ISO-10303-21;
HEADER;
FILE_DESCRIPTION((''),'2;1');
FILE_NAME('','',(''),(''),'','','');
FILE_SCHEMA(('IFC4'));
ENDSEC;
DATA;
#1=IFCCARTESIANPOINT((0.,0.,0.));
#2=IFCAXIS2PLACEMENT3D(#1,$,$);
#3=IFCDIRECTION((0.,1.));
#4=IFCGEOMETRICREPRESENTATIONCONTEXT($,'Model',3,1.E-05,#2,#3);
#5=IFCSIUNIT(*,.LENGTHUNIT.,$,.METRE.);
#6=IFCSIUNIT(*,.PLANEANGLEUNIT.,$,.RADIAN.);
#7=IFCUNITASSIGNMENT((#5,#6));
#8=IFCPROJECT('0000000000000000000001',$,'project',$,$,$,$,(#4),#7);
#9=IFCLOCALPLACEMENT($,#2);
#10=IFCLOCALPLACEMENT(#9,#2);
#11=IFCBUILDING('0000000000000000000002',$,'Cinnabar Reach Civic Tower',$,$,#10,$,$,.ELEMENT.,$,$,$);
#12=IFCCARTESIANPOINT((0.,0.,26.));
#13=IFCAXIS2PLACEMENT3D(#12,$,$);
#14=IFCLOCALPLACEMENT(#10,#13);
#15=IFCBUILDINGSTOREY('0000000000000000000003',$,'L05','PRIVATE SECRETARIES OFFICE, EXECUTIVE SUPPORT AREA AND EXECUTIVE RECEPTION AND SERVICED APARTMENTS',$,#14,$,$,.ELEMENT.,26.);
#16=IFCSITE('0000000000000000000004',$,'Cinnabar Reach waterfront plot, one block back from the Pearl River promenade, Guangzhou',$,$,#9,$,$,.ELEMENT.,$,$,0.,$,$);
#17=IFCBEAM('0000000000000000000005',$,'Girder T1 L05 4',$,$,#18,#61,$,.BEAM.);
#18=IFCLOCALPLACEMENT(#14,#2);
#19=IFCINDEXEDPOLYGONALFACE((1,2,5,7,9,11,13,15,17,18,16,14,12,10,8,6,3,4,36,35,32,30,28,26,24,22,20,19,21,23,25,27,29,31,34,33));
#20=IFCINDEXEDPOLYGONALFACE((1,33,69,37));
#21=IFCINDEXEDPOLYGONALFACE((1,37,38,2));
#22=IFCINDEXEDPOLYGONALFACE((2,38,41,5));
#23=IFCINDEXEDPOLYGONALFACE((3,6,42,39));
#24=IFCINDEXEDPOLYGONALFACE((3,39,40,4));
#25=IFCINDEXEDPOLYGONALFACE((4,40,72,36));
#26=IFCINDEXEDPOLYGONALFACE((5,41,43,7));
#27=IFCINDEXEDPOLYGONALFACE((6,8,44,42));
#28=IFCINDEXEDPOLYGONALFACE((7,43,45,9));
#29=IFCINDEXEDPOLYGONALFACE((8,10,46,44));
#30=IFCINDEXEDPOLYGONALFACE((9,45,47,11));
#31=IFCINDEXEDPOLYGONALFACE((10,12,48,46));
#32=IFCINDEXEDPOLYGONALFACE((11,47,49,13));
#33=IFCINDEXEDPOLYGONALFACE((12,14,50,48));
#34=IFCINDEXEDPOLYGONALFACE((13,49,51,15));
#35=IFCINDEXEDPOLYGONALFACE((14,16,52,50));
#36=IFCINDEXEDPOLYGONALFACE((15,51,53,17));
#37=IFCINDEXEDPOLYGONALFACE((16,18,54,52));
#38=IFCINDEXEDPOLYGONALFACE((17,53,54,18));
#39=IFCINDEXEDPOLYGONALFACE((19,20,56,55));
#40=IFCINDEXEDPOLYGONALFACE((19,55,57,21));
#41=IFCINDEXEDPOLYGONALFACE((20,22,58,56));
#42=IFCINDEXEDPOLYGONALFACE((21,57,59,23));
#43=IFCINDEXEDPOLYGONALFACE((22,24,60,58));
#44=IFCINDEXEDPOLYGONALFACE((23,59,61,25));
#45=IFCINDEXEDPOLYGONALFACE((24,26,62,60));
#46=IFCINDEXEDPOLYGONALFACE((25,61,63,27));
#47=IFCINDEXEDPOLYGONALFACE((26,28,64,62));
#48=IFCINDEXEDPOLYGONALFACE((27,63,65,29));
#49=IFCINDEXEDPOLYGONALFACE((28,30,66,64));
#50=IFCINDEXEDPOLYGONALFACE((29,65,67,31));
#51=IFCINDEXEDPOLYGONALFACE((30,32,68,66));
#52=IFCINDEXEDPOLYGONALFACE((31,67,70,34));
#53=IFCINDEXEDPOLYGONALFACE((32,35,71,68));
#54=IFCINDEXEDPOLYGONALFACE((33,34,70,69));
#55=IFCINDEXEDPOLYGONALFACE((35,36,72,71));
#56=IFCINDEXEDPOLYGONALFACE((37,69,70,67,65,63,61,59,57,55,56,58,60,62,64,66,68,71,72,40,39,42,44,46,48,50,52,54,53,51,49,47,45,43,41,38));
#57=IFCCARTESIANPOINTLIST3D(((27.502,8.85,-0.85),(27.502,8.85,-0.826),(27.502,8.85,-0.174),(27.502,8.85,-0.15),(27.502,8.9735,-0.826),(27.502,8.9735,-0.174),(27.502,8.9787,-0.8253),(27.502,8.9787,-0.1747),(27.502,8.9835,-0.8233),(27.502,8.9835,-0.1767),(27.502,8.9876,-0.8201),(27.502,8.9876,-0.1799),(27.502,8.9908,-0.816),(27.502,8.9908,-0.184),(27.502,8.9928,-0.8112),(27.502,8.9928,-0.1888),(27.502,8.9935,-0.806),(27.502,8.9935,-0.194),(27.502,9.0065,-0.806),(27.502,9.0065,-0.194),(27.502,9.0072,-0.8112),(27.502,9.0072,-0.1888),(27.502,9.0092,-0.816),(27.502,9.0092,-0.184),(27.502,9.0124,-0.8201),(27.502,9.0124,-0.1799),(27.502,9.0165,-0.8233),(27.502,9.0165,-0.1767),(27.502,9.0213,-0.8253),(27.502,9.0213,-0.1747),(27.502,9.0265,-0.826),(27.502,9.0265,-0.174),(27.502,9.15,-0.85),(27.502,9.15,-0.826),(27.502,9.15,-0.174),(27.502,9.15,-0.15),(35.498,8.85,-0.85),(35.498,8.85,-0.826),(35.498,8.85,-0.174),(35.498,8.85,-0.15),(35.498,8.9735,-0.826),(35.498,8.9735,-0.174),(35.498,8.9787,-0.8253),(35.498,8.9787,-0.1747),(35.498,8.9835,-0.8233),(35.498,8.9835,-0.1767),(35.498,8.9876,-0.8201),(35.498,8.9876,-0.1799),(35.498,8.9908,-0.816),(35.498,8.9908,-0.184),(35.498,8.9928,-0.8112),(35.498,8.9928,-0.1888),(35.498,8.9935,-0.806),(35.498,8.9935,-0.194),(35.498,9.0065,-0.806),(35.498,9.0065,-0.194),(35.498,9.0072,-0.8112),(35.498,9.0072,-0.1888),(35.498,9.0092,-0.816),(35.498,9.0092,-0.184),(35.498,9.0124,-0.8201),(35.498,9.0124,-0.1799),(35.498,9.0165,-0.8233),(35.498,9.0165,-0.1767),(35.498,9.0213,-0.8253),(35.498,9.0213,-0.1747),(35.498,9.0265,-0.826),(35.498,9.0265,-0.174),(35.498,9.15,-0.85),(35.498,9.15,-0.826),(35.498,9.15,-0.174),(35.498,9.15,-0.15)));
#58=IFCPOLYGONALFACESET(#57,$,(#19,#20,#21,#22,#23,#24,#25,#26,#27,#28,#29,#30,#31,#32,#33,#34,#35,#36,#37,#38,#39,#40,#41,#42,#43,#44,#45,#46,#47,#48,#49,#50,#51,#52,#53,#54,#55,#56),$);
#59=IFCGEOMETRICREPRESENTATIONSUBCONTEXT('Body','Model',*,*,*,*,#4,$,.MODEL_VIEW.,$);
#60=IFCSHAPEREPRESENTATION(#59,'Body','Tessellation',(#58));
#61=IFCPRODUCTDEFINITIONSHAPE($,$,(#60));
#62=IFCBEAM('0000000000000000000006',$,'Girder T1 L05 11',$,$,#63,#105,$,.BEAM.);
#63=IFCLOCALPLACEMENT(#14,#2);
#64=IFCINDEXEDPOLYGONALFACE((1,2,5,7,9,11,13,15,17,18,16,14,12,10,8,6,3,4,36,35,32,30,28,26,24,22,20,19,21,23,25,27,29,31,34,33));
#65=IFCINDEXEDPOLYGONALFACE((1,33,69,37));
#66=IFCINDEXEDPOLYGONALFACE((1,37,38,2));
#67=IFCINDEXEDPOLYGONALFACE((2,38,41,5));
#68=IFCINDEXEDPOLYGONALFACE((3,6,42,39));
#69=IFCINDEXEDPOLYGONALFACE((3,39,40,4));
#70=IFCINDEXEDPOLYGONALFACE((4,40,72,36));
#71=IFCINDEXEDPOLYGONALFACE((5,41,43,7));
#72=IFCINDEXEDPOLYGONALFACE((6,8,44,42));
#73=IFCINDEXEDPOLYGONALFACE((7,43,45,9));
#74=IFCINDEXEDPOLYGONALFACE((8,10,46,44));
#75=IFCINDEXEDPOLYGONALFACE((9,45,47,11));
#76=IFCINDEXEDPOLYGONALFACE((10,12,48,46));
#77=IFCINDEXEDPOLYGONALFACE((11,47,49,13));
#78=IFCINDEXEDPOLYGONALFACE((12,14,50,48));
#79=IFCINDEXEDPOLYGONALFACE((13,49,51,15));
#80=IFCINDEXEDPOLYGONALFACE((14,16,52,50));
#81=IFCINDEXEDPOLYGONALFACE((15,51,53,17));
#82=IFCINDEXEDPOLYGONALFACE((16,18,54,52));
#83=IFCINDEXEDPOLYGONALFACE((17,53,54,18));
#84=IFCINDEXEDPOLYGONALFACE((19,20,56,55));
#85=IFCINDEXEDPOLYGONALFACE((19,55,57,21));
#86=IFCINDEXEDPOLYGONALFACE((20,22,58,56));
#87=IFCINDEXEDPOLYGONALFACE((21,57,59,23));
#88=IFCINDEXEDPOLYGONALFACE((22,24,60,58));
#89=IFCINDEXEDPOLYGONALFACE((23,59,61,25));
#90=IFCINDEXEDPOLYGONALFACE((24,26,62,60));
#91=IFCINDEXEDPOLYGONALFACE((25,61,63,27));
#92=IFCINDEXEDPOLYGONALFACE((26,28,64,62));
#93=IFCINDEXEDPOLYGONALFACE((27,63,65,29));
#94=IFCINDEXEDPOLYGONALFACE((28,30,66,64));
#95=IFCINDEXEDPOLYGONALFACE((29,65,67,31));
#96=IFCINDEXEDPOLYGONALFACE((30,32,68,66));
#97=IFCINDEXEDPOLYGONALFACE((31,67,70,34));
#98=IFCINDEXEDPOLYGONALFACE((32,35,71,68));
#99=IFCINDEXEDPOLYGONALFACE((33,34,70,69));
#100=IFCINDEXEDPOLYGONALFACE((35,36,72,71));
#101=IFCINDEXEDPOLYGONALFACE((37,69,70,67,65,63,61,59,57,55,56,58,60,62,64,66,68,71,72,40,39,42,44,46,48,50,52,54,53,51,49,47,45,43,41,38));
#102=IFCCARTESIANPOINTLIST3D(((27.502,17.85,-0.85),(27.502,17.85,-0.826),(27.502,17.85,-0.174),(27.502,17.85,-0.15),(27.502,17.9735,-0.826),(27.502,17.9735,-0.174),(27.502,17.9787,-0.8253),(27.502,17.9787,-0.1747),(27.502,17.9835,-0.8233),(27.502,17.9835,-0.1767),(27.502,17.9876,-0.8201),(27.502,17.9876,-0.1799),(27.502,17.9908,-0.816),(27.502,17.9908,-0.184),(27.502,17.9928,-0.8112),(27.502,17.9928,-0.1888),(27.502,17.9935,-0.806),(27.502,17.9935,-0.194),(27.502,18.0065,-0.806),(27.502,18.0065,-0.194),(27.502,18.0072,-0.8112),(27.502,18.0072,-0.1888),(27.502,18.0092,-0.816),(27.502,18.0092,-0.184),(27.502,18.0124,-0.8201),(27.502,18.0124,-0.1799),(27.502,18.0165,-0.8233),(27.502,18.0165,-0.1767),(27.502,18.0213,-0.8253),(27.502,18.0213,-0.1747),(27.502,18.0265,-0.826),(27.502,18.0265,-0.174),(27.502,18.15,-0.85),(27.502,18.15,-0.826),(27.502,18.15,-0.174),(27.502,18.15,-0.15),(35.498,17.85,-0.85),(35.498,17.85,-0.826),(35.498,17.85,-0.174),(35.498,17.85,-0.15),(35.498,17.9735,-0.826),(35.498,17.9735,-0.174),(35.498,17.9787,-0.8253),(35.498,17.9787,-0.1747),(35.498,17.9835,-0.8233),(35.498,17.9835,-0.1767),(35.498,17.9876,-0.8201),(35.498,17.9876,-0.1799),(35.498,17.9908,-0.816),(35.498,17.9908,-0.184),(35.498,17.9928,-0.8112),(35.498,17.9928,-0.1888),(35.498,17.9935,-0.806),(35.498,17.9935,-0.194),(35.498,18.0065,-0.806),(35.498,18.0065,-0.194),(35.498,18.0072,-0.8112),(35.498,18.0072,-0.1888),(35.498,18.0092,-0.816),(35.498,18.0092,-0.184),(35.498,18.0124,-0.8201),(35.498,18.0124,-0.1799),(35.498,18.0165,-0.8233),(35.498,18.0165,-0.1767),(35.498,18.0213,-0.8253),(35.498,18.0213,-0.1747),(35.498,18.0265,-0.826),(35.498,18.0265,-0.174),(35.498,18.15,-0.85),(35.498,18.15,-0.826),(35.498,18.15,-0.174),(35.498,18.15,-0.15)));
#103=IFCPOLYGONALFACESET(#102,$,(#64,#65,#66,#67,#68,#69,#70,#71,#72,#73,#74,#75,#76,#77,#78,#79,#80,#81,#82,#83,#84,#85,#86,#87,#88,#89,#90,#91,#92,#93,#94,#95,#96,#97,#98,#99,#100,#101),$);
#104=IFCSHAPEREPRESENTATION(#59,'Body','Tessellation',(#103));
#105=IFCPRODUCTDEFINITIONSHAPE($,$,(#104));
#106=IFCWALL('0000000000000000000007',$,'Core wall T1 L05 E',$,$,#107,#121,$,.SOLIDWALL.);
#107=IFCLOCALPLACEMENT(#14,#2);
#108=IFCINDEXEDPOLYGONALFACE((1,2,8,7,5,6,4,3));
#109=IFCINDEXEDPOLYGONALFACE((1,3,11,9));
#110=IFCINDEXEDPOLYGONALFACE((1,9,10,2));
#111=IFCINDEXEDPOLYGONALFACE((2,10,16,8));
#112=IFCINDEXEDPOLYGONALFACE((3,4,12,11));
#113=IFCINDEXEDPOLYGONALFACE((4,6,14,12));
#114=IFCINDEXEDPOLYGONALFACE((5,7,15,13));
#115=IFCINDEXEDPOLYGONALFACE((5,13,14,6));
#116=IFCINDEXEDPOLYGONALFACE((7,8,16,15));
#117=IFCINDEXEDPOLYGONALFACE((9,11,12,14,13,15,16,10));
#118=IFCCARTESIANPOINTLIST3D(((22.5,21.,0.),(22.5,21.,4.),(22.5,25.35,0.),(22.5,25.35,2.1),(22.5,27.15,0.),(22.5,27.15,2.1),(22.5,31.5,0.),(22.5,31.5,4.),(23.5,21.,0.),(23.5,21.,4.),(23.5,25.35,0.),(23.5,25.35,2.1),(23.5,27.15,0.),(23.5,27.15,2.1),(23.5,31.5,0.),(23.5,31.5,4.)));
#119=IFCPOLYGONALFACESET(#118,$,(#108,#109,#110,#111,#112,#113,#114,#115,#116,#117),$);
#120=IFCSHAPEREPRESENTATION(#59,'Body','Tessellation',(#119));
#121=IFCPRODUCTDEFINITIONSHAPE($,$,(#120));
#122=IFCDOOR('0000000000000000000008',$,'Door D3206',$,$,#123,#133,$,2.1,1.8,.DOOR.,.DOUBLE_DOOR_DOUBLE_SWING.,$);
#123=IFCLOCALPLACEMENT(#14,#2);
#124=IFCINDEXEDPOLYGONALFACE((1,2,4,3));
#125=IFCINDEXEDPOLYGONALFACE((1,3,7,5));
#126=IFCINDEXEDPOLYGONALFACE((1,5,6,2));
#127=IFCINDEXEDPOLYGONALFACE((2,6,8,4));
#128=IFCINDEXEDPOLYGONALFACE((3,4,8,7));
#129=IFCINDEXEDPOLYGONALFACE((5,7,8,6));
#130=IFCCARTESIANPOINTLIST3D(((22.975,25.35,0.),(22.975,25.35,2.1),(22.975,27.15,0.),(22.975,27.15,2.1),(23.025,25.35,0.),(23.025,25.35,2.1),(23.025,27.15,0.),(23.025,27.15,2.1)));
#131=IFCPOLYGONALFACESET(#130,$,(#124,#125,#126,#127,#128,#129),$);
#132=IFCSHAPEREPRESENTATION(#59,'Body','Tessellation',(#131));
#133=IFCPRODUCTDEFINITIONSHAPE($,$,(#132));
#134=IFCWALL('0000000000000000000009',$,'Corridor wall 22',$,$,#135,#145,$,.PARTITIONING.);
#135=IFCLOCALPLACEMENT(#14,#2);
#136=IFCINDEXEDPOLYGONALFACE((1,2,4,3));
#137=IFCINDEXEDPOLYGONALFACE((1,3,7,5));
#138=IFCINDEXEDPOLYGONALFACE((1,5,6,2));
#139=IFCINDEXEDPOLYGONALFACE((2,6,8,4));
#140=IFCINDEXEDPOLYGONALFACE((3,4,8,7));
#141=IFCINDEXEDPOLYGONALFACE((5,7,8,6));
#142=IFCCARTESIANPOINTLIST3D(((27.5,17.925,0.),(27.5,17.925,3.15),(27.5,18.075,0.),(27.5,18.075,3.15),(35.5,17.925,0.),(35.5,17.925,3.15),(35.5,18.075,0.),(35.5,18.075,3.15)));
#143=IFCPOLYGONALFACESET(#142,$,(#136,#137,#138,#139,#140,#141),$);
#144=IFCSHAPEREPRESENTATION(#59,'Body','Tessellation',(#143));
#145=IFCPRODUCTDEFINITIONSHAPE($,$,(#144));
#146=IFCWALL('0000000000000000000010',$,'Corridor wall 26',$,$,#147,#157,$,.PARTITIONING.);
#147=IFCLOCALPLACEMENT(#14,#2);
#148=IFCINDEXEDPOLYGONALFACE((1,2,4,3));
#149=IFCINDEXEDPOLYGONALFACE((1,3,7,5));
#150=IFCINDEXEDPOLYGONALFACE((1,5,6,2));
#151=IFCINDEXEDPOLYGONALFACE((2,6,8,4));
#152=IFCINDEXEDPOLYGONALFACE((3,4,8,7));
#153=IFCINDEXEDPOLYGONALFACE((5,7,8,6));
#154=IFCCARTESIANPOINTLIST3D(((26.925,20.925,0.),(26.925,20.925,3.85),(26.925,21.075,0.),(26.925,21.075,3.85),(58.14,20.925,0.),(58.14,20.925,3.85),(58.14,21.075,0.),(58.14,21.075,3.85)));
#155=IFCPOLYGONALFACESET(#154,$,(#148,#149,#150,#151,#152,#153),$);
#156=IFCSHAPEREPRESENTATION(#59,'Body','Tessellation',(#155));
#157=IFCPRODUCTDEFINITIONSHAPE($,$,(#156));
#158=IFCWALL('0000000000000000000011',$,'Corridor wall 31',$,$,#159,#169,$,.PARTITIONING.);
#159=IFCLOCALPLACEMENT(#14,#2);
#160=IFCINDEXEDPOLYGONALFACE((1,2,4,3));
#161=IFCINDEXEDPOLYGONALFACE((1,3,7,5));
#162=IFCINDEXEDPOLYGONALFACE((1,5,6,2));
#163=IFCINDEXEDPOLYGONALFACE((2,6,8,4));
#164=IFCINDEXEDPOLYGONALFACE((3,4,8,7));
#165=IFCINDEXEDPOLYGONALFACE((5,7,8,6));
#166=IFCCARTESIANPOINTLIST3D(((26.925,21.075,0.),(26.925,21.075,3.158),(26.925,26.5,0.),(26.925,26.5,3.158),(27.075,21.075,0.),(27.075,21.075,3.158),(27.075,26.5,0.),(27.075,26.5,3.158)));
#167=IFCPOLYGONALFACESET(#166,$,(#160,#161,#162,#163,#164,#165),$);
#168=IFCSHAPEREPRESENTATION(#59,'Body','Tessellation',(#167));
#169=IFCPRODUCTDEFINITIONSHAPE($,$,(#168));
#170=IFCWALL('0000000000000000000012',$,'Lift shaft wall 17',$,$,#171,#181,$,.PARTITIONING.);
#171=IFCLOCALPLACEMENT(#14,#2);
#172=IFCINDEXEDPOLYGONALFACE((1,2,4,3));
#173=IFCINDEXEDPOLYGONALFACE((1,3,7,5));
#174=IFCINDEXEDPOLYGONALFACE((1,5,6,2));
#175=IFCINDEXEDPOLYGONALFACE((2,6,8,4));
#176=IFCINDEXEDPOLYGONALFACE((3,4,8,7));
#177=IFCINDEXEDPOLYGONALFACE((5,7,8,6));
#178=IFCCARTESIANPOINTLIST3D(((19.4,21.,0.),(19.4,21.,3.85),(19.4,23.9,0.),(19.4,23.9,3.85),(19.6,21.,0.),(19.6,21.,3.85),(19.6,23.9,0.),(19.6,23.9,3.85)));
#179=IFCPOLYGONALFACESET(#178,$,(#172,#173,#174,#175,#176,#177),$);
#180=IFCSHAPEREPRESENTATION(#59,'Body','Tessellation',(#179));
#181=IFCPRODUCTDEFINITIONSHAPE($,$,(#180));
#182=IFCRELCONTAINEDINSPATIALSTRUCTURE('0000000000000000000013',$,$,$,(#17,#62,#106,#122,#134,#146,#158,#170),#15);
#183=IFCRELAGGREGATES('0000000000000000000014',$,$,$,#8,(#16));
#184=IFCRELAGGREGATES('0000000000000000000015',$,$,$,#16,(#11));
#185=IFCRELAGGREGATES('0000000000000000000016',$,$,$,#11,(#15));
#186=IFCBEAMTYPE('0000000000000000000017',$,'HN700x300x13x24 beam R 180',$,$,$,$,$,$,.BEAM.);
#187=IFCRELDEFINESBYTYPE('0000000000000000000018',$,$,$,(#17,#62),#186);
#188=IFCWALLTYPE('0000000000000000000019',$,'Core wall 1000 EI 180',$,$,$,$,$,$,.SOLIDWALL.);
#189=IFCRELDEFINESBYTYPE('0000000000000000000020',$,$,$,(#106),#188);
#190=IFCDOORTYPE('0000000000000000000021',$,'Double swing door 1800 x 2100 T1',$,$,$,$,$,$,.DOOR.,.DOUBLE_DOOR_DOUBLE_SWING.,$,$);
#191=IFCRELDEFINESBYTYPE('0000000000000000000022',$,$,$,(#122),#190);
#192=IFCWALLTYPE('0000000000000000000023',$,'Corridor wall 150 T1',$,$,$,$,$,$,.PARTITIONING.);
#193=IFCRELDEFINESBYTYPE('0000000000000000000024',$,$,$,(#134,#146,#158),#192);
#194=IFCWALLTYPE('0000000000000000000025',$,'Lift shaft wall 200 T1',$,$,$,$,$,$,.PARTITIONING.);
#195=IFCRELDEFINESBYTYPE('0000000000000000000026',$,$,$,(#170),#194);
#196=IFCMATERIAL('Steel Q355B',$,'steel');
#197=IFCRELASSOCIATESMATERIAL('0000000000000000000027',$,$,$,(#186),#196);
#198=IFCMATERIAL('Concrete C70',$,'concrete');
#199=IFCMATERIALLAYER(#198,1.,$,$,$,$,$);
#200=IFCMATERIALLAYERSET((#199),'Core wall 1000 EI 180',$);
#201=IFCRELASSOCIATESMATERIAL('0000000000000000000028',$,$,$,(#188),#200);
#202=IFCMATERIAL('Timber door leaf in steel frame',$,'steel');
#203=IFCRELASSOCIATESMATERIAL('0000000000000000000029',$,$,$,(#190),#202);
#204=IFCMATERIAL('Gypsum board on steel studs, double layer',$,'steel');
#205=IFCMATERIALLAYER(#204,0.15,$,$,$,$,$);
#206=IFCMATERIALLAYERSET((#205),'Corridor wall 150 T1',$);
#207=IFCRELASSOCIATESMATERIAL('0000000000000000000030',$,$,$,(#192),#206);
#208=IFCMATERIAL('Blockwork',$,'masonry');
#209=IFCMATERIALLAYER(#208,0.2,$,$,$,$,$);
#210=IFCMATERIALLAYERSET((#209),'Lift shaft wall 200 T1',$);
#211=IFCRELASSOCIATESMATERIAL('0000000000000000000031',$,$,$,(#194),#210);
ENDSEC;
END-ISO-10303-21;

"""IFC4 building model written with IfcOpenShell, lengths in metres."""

from ifc_helpers import new_model, si_unit, direction, frame, frame_2d, origin, origin_2d, place, context, subcontext, project, spatial, rectangle, i_section, extrude, material, layer, layer_set, material_profile, profile_set, type_object, element, fill, save


model = new_model("IFC4")

# Units and contexts
model_context = context("Model", 3, precision=1e-05, world=origin(), true_north=direction((0.0, 1.0)))
body_context = subcontext(model_context, "Body", "Model", "MODEL_VIEW")
ifc_project = project(units=[si_unit("LENGTHUNIT", "METRE"), si_unit("PLANEANGLEUNIT", "RADIAN")], contexts=[model_context])

# Site, building, storey
site_placement = place(None, origin())
site = spatial("IfcSite", under=ifc_project, at=site_placement, Name="Cinnabar Reach waterfront plot, one block back from the Pearl River promenade, Guangzhou", CompositionType="ELEMENT", RefElevation=0.0)
building_placement = place(site_placement, origin())
building = spatial("IfcBuilding", under=site, at=building_placement, Name="Cinnabar Reach Civic Tower", CompositionType="ELEMENT")
storey_placement = place(building_placement, frame((0.0, 0.0, 26.0)))
storey = spatial("IfcBuildingStorey", under=building, at=storey_placement, Name="L05", Description="PRIVATE SECRETARIES OFFICE, EXECUTIVE SUPPORT AREA AND EXECUTIVE RECEPTION AND SERVICED APARTMENTS", CompositionType="ELEMENT", Elevation=26.0)

# Shared definitions
ifc_material_1 = material(Name="Concrete C70", Category="concrete")

# Beams
ifc_material_2 = material(Name="Steel Q355B", Category="steel")
ifc_material_profile_1 = material_profile(ifc_material_2, i_section(OverallWidth=0.3, OverallDepth=0.7, WebThickness=0.013, FlangeThickness=0.024, FilletRadius=0.02, at=origin_2d()), Name="HN700x300x13x24")
ifc_profile_set_1 = profile_set([ifc_material_profile_1], Name="Steel Q355B")
beam_type_1 = type_object("IfcBeamType", Name="HN700x300x13x24 beam R 180", PredefinedType="BEAM", material=ifc_profile_set_1)
for number, where, z_axis, x_axis, name in (
    (1, (27.502, 9.0, -0.5), (1.0, 0.0, 0.0), (0.0, 1.0, 0.0), "Girder T1 L05 4"),
    (2, (27.502, 18.0, -0.5), (1.0, 0.0, 0.0), (0.0, 1.0, 0.0), "Girder T1 L05 11"),
):
    element("IfcBeam", number, at=place(storey_placement, frame(where, z_axis=z_axis, x_axis=x_axis)), inside=storey, type_object=beam_type_1, Name=name, PredefinedType="BEAM", context=body_context, shape_type="SweptSolid", body=[
        extrude(i_section(OverallWidth=0.3, OverallDepth=0.7, WebThickness=0.013, FlangeThickness=0.024, FilletRadius=0.02, at=origin_2d()), origin(), (0.0, 0.0, 1.0), 7.996),
    ])

# Wall, opening, door
ifc_layer_1 = layer(ifc_material_1, 1.0)
ifc_layer_set_1 = layer_set([ifc_layer_1], Name="Core wall 1000 EI 180")
wall_type_1 = type_object("IfcWallType", Name="Core wall 1000 EI 180", PredefinedType="SOLIDWALL", material=ifc_layer_set_1)
wall_1_placement = place(storey_placement, frame((23.0, 21.0, 0.0), z_axis=(0.0, 0.0, 1.0), x_axis=(0.0, 1.0, 0.0)))
wall_1 = element("IfcWall", 3, at=wall_1_placement, inside=storey, type_object=wall_type_1, Name="Core wall T1 L05 E", PredefinedType="SOLIDWALL", context=body_context, shape_type="SweptSolid", body=[
    extrude(rectangle(XDim=10.5, YDim=1.0, at=frame_2d((5.25, 0.0))), origin(), (0.0, 0.0, 1.0), 4.0),
])
opening_placement = place(wall_1_placement, frame((4.35, 0.0, 0.0)))
opening = element("IfcOpeningElement", 4, at=opening_placement, cuts=wall_1, PredefinedType="OPENING", context=body_context, shape_type="SweptSolid", body=[
    extrude(rectangle(XDim=1.8, YDim=2.1, at=frame_2d((0.9, 1.05))), frame((0.0, 0.51, 0.0), z_axis=(0.0, -1.0, 0.0), x_axis=(1.0, 0.0, 0.0)), (0.0, 0.0, 1.0), 1.02),
])
ifc_material_3 = material(Name="Timber door leaf in steel frame", Category="steel")
door_type = type_object("IfcDoorType", Name="Double swing door 1800 x 2100 T1", OperationType="DOUBLE_DOOR_DOUBLE_SWING", PredefinedType="DOOR", material=ifc_material_3)
door_placement = place(opening_placement, origin())
door = element("IfcDoor", 5, at=door_placement, inside=storey, type_object=door_type, Name="Door D3206", OperationType="DOUBLE_DOOR_DOUBLE_SWING", OverallHeight=2.1, OverallWidth=1.8, PredefinedType="DOOR", context=body_context, shape_type="SweptSolid", body=[
    extrude(rectangle(XDim=1.8, YDim=2.1, at=frame_2d((0.9, 1.05))), frame((0.0, 0.025, 0.0), z_axis=(0.0, -1.0, 0.0), x_axis=(1.0, 0.0, 0.0)), (0.0, 0.0, 1.0), 0.05),
])
fill(opening, door)

# Walls
ifc_material_4 = material(Name="Gypsum board on steel studs, double layer", Category="steel")
ifc_layer_2 = layer(ifc_material_4, 0.15)
ifc_layer_set_2 = layer_set([ifc_layer_2], Name="Corridor wall 150 T1")
wall_type_2 = type_object("IfcWallType", Name="Corridor wall 150 T1", PredefinedType="PARTITIONING", material=ifc_layer_set_2)
wall_2_placement = place(storey_placement, frame((27.5, 18.0, 0.0), z_axis=(0.0, 0.0, 1.0), x_axis=(1.0, 0.0, 0.0)))
element("IfcWall", 6, at=wall_2_placement, inside=storey, type_object=wall_type_2, Name="Corridor wall 22", PredefinedType="PARTITIONING", context=body_context, shape_type="SweptSolid", body=[
    extrude(rectangle(XDim=8.0, YDim=0.15, at=frame_2d((4.0, 0.0))), origin(), (0.0, 0.0, 1.0), 3.15),
])
wall_3_placement = place(storey_placement, frame((26.925, 21.0, 0.0), z_axis=(0.0, 0.0, 1.0), x_axis=(1.0, 0.0, 0.0)))
element("IfcWall", 7, at=wall_3_placement, inside=storey, type_object=wall_type_2, Name="Corridor wall 26", PredefinedType="PARTITIONING", context=body_context, shape_type="SweptSolid", body=[
    extrude(rectangle(XDim=31.215, YDim=0.15, at=frame_2d((15.6075, 0.0))), origin(), (0.0, 0.0, 1.0), 3.85),
])
wall_4_placement = place(storey_placement, frame((27.0, 21.075, 0.0), z_axis=(0.0, 0.0, 1.0), x_axis=(0.0, 1.0, 0.0)))
element("IfcWall", 8, at=wall_4_placement, inside=storey, type_object=wall_type_2, Name="Corridor wall 31", PredefinedType="PARTITIONING", context=body_context, shape_type="SweptSolid", body=[
    extrude(rectangle(XDim=5.425, YDim=0.15, at=frame_2d((2.7125, 0.0))), origin(), (0.0, 0.0, 1.0), 3.158),
])
ifc_material_5 = material(Name="Blockwork", Category="masonry")
ifc_layer_3 = layer(ifc_material_5, 0.2)
ifc_layer_set_3 = layer_set([ifc_layer_3], Name="Lift shaft wall 200 T1")
wall_type_3 = type_object("IfcWallType", Name="Lift shaft wall 200 T1", PredefinedType="PARTITIONING", material=ifc_layer_set_3)
wall_5_placement = place(storey_placement, frame((19.5, 21.0, 0.0), z_axis=(0.0, 0.0, 1.0), x_axis=(0.0, 1.0, 0.0)))
element("IfcWall", 9, at=wall_5_placement, inside=storey, type_object=wall_type_3, Name="Lift shaft wall 17", PredefinedType="PARTITIONING", context=body_context, shape_type="SweptSolid", body=[
    extrude(rectangle(XDim=2.9, YDim=0.2, at=frame_2d((1.45, 0.0))), origin(), (0.0, 0.0, 1.0), 3.85),
])

save(model, "model.ifc")
